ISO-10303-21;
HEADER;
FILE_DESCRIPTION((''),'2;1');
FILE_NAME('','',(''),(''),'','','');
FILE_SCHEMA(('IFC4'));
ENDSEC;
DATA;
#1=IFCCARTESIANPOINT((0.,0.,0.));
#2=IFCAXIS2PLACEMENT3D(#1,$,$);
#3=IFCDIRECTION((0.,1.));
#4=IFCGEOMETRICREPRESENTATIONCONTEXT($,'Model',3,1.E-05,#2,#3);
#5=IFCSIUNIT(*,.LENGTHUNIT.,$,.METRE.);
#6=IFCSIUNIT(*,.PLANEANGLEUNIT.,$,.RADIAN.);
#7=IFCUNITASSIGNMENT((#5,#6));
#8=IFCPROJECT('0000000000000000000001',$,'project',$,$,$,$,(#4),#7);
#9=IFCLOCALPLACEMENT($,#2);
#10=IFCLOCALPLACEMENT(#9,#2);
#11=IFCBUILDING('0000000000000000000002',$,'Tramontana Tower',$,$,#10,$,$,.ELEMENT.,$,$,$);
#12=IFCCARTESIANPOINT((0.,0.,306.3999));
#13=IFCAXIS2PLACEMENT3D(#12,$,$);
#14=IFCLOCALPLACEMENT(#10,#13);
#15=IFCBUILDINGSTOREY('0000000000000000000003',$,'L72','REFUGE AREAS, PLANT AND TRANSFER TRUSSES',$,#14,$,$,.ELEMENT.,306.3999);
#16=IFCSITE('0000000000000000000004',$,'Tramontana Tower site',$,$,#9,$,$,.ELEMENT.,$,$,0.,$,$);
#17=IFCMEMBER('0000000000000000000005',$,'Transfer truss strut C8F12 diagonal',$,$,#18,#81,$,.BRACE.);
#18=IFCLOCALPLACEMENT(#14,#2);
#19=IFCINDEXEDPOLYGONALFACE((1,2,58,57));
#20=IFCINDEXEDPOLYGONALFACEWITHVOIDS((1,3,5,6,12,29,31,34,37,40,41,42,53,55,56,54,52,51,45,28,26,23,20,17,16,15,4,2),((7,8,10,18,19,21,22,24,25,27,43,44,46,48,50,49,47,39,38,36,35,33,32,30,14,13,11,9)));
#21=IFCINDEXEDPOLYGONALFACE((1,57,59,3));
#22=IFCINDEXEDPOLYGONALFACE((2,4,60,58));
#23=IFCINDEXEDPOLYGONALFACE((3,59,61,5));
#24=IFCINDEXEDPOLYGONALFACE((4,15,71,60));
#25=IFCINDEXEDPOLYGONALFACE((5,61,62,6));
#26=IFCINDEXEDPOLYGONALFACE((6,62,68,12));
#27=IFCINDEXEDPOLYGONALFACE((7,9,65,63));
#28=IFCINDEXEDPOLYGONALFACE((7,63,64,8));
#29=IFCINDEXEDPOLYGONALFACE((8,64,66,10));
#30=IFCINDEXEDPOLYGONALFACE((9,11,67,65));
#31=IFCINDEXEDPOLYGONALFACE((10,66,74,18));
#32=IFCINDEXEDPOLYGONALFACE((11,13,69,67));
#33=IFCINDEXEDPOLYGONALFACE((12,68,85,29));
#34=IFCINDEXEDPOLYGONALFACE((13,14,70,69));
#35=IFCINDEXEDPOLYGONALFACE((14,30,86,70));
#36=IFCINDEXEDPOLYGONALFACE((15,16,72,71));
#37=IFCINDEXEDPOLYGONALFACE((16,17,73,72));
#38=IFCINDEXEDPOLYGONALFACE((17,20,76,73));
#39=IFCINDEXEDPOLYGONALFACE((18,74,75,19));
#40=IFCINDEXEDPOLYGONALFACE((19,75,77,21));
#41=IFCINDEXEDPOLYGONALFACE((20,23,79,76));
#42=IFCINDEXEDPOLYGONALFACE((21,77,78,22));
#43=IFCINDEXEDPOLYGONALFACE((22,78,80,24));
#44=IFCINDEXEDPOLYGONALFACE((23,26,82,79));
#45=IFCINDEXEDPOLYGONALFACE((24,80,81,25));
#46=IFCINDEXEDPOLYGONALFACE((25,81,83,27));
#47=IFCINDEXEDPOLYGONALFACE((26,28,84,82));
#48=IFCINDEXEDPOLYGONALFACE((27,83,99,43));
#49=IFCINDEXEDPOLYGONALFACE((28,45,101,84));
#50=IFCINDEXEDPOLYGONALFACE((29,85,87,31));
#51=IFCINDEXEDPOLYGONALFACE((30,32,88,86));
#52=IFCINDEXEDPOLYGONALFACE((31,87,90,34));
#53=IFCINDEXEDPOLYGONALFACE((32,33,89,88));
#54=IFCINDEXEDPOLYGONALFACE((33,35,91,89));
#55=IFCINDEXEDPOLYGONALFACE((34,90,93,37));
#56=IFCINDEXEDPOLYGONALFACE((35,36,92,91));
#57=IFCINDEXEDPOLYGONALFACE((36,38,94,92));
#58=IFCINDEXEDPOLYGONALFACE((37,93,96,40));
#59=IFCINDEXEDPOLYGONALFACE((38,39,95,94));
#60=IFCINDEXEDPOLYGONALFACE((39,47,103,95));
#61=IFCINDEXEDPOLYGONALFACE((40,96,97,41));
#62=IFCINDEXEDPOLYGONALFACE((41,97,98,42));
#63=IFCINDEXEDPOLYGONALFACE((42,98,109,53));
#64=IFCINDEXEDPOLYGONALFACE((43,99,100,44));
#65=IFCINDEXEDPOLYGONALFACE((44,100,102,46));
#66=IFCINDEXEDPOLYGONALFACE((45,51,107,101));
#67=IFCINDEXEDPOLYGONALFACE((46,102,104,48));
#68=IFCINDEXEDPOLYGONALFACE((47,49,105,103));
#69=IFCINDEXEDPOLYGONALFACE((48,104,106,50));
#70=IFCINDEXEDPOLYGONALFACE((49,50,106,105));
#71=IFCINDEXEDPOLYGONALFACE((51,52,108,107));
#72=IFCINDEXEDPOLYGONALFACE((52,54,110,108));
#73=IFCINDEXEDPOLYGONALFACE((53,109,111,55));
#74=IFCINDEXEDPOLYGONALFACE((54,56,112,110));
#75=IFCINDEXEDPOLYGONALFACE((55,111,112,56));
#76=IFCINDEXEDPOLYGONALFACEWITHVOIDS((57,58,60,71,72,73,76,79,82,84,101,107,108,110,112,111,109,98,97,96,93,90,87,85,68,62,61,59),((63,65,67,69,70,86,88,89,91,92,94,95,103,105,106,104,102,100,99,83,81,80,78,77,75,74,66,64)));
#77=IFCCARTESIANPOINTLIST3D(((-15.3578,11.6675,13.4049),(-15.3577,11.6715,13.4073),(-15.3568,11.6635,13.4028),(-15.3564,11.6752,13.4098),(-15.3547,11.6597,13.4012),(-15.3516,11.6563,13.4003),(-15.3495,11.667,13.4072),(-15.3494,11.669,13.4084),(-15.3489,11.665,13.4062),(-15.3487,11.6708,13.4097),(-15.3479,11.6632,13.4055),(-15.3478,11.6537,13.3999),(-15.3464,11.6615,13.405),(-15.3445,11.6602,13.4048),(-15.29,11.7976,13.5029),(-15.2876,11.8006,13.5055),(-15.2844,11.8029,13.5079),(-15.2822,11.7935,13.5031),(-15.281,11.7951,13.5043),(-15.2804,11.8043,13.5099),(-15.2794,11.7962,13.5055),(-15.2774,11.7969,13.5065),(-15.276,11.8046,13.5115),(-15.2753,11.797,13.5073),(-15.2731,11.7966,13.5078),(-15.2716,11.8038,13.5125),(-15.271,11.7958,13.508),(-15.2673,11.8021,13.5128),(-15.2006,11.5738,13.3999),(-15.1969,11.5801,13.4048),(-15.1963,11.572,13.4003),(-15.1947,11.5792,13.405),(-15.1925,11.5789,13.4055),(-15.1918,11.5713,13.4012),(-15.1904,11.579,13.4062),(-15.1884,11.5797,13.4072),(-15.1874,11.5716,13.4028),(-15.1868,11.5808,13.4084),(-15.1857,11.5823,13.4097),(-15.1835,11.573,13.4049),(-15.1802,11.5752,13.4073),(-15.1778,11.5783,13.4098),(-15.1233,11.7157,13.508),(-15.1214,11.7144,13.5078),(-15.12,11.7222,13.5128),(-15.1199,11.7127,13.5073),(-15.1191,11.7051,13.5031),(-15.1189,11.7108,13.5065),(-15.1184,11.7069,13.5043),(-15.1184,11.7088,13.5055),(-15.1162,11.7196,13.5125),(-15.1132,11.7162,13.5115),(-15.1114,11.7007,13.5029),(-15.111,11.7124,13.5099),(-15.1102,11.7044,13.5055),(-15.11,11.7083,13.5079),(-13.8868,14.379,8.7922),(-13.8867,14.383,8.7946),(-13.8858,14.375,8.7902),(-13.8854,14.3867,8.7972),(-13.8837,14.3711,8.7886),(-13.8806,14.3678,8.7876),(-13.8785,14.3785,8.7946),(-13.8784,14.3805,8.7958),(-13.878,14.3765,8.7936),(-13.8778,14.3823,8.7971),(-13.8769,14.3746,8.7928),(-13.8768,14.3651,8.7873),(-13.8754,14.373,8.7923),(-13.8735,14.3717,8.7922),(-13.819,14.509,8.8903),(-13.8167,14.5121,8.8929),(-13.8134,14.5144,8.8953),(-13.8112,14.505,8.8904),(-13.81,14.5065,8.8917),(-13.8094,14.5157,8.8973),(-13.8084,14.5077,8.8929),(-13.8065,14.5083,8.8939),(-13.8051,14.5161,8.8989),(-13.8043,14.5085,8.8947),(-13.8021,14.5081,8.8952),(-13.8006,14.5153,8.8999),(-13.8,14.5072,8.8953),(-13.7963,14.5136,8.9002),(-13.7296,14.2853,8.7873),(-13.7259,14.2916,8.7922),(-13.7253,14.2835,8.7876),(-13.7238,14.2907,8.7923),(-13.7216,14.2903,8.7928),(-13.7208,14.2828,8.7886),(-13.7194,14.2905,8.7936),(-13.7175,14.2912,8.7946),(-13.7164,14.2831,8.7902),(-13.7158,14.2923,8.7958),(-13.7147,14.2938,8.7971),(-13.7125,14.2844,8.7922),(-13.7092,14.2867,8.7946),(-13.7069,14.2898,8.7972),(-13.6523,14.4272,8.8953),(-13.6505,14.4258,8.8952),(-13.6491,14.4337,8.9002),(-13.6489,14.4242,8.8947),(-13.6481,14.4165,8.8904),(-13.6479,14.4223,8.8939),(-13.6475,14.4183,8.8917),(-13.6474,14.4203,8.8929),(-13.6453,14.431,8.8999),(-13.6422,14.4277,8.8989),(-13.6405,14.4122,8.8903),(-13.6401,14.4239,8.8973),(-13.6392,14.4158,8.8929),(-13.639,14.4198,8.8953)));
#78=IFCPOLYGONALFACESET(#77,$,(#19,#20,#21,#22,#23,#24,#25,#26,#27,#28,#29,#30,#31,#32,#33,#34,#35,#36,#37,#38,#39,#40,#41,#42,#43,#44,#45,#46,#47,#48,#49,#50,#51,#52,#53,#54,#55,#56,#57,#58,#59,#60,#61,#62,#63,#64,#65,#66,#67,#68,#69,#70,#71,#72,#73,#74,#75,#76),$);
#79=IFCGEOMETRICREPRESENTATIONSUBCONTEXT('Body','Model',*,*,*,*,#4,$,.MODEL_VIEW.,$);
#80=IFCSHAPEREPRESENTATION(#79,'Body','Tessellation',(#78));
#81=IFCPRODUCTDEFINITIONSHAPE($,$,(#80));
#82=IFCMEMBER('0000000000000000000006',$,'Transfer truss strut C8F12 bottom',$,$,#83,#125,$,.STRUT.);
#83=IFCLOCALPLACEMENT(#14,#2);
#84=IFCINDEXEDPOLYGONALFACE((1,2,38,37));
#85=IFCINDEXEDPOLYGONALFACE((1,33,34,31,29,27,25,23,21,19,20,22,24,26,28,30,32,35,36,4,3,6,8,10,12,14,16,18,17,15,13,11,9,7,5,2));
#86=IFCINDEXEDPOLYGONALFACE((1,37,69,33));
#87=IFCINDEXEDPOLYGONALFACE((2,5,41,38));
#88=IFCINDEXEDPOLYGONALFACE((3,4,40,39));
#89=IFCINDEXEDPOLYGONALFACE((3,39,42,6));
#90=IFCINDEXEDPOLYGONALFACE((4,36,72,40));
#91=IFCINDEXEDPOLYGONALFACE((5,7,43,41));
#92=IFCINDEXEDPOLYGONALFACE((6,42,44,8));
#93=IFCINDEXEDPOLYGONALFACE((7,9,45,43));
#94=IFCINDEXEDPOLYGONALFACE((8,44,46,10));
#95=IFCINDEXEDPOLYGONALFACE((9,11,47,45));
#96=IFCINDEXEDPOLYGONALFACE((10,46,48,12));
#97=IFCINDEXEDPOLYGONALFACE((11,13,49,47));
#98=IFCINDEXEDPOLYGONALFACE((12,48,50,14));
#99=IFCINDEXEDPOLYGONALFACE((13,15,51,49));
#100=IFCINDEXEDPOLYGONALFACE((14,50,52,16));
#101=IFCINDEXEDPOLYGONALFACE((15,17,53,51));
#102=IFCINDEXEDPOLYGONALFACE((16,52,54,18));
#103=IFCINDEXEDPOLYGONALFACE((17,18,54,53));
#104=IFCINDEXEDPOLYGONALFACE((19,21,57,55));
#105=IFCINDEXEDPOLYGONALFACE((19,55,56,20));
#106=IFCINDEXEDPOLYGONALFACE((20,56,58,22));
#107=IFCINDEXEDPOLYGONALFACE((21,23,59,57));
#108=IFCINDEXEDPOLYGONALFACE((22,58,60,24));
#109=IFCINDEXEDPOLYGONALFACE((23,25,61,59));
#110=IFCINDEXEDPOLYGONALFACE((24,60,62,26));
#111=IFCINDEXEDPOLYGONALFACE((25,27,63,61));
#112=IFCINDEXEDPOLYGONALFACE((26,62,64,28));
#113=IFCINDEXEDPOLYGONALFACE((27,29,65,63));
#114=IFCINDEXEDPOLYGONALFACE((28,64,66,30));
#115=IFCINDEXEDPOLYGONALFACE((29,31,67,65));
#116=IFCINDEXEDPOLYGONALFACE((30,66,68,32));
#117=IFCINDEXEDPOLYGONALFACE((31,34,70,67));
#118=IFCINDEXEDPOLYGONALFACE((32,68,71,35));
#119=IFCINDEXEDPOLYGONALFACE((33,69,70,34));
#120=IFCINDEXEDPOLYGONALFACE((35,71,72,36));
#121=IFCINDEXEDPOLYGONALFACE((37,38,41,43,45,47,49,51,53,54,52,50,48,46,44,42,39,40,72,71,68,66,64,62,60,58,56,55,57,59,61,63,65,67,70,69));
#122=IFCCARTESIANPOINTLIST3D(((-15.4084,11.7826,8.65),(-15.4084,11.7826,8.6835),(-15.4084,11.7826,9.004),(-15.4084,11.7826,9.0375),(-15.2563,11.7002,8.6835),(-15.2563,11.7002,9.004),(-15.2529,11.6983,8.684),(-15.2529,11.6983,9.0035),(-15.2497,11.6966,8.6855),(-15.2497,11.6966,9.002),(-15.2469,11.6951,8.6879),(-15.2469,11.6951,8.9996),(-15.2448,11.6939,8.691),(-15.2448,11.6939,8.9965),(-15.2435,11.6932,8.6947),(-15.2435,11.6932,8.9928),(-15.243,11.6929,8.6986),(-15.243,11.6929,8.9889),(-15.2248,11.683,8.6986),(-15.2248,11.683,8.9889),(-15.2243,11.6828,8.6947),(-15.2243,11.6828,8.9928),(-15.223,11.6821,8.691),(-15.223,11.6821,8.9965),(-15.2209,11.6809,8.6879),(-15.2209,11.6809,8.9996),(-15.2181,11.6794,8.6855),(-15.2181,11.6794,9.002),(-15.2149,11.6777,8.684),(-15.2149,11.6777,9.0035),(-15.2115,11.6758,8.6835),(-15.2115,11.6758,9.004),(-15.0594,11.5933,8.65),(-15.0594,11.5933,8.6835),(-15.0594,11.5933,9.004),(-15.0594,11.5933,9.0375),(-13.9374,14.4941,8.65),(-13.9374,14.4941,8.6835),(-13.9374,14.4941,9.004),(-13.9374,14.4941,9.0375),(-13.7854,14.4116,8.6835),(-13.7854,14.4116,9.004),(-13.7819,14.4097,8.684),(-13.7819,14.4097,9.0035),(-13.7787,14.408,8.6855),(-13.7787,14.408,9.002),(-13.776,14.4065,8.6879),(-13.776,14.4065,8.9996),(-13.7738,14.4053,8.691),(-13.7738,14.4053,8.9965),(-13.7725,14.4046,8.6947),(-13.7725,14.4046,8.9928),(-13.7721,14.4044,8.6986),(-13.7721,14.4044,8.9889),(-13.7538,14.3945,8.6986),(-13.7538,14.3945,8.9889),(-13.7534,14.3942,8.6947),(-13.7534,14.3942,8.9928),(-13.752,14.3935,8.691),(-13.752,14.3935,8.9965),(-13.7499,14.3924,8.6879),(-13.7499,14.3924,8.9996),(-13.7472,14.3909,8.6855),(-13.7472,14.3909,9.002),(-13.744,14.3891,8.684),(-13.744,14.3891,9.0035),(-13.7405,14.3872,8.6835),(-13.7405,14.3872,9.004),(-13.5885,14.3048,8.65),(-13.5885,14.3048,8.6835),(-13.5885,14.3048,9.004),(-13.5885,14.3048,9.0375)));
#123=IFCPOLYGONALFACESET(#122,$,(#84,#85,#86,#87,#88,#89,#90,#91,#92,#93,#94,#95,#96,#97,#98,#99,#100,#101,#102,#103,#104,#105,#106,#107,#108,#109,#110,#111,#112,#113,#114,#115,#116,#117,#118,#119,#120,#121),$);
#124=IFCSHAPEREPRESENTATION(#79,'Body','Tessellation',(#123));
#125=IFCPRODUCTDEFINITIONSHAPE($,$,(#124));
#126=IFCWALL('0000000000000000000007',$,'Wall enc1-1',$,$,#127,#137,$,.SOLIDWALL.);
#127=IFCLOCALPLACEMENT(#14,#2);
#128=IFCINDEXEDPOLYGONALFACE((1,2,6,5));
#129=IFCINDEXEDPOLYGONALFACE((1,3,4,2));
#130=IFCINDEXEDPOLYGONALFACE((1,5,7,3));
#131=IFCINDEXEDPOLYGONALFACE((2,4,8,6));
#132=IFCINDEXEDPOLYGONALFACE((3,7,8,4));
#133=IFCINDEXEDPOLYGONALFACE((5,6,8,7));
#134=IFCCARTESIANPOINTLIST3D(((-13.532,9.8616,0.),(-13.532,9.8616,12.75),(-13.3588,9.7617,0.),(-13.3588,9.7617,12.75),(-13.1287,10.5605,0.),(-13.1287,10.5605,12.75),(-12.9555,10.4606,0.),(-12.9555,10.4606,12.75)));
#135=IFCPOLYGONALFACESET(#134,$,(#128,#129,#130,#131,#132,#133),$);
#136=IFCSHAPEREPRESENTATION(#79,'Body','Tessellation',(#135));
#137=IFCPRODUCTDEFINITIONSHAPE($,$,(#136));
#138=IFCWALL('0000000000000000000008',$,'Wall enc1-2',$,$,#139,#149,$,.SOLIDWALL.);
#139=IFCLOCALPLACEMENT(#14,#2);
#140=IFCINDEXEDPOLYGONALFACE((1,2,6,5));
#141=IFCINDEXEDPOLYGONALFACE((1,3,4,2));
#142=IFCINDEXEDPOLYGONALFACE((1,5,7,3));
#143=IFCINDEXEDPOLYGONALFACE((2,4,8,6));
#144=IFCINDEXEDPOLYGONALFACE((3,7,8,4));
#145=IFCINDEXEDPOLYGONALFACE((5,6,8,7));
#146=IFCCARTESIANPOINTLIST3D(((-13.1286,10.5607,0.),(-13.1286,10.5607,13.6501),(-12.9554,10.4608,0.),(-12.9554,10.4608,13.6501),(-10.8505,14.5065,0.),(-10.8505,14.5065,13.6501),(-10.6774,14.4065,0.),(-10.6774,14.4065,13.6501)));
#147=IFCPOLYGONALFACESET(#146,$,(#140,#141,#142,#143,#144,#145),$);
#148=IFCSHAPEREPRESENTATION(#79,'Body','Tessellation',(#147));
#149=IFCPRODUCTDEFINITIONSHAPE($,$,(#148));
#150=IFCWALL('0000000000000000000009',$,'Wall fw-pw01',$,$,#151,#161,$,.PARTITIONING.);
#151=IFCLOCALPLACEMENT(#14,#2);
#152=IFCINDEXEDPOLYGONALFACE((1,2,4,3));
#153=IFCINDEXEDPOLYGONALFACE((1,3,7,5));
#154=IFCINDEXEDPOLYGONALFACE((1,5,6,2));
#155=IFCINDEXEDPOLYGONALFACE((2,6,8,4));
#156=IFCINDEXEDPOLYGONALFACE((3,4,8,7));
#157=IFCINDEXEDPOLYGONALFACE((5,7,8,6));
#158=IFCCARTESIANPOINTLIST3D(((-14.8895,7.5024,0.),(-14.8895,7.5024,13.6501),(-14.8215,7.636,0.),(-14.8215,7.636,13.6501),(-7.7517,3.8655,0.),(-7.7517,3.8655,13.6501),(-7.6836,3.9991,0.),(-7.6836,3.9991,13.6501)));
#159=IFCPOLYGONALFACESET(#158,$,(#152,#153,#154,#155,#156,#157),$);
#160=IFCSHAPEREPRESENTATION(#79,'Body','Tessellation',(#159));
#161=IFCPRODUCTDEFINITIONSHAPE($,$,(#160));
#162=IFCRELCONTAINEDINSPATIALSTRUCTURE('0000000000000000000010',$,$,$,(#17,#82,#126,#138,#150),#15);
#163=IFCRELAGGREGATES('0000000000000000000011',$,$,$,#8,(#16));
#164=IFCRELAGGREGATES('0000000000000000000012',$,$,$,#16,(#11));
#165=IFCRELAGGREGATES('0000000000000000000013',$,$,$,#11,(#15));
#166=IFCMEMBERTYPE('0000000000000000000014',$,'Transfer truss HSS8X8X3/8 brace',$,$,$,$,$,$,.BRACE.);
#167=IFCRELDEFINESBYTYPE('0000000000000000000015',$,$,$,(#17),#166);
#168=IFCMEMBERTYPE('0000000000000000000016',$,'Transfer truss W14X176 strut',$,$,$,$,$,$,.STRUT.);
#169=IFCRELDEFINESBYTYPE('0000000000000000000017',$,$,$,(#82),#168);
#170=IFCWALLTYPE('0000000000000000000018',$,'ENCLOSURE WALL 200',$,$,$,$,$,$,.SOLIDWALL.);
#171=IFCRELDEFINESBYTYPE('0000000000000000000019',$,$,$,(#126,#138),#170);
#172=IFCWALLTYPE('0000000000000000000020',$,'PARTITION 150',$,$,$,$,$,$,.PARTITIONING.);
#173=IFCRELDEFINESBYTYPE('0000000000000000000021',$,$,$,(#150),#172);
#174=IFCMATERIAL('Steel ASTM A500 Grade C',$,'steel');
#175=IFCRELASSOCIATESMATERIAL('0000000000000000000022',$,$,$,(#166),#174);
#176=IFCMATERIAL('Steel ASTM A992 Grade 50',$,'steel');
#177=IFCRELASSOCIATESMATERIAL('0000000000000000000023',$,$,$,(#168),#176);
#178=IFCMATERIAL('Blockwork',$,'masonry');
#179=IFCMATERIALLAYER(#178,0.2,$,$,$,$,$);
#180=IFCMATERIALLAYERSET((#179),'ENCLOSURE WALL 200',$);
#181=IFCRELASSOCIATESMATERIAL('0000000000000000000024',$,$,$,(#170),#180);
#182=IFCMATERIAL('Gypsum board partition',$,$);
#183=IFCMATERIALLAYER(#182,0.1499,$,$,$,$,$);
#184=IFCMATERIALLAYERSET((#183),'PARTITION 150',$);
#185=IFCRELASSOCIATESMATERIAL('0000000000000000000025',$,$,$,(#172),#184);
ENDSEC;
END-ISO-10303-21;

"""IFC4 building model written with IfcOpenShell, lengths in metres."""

from ifc_helpers import new_model, si_unit, direction, frame, frame_2d, origin, origin_2d, place, context, subcontext, project, spatial, rectangle, hollow_rectangle, i_section, extrude, material, layer, layer_set, material_profile, profile_set, type_object, element, save


model = new_model("IFC4")

# Units and contexts
model_context = context("Model", 3, precision=1e-05, world=origin(), true_north=direction((0.0, 1.0)))
body_context = subcontext(model_context, "Body", "Model", "MODEL_VIEW")
ifc_project = project(units=[si_unit("LENGTHUNIT", "METRE"), si_unit("PLANEANGLEUNIT", "RADIAN")], contexts=[model_context])

# Site, building, storey
site_placement = place(None, origin())
site = spatial("IfcSite", under=ifc_project, at=site_placement, Name="Tramontana Tower site", CompositionType="ELEMENT", RefElevation=0.0)
building_placement = place(site_placement, origin())
building = spatial("IfcBuilding", under=site, at=building_placement, Name="Tramontana Tower", CompositionType="ELEMENT")
storey_placement = place(building_placement, frame((0.0, 0.0, 306.3999)))
storey = spatial("IfcBuildingStorey", under=building, at=storey_placement, Name="L72", Description="REFUGE AREAS, PLANT AND TRANSFER TRUSSES", CompositionType="ELEMENT", Elevation=306.3999)

# Members
ifc_material_1 = material(Name="Steel ASTM A500 Grade C", Category="steel")
ifc_material_profile_1 = material_profile(ifc_material_1, hollow_rectangle(XDim=0.2031, YDim=0.2031, WallThickness=0.0088, InnerFilletRadius=0.0088, OuterFilletRadius=0.0178, at=origin_2d()), Name="HSS8X8X3/8")
ifc_profile_set_1 = profile_set([ifc_material_profile_1], Name="Steel ASTM A500 Grade C")
member_type_1 = type_object("IfcMemberType", Name="Transfer truss HSS8X8X3/8 brace", PredefinedType="BRACE", material=ifc_profile_set_1)
member_1_placement = place(storey_placement, frame((-13.7629, 14.3994, 8.8438), z_axis=(-0.265085, -0.488635, 0.831243), x_axis=(0.878985, -0.476849, 0.0)))
element("IfcMember", 1, at=member_1_placement, inside=storey, type_object=member_type_1, Name="Transfer truss strut C8F12 diagonal", PredefinedType="BRACE", context=body_context, shape_type="SweptSolid", body=[
    extrude(hollow_rectangle(XDim=0.2031, YDim=0.2031, WallThickness=0.0088, InnerFilletRadius=0.0088, OuterFilletRadius=0.0178, at=origin_2d()), origin(), (0.0, 0.0, 1.0), 5.5491),
])
ifc_material_2 = material(Name="Steel ASTM A992 Grade 50", Category="steel")
ifc_material_profile_2 = material_profile(ifc_material_2, i_section(OverallWidth=0.397, OverallDepth=0.3875, WebThickness=0.0208, FlangeThickness=0.0334, FilletRadius=0.0151, at=origin_2d()), Name="W14X176")
ifc_profile_set_2 = profile_set([ifc_material_profile_2], Name="Steel ASTM A992 Grade 50")
member_type_2 = type_object("IfcMemberType", Name="Transfer truss W14X176 strut", PredefinedType="STRUT", material=ifc_profile_set_2)
member_2_placement = place(storey_placement, frame((-13.7629, 14.3994, 8.8438), z_axis=(-0.476849, -0.878985, 0.0), x_axis=(0.878985, -0.476849, 0.0)))
element("IfcMember", 2, at=member_2_placement, inside=storey, type_object=member_type_2, Name="Transfer truss strut C8F12 bottom", PredefinedType="STRUT", context=body_context, shape_type="SweptSolid", body=[
    extrude(i_section(OverallWidth=0.397, OverallDepth=0.3875, WebThickness=0.0208, FlangeThickness=0.0334, FilletRadius=0.0151, at=origin_2d()), origin(), (0.0, 0.0, 1.0), 3.0847),
])

# Walls
ifc_material_3 = material(Name="Blockwork", Category="masonry")
ifc_layer_1 = layer(ifc_material_3, 0.2)
ifc_layer_set_1 = layer_set([ifc_layer_1], Name="ENCLOSURE WALL 200")
wall_type_1 = type_object("IfcWallType", Name="ENCLOSURE WALL 200", PredefinedType="SOLIDWALL", material=ifc_layer_set_1)
wall_1_placement = place(storey_placement, frame((-13.4453, 9.8118, 0.0), z_axis=(0.0, 0.0, 1.0), x_axis=(0.499784, 0.86615, 0.0)))
element("IfcWall", 3, at=wall_1_placement, inside=storey, type_object=wall_type_1, Name="Wall enc1-1", PredefinedType="SOLIDWALL", context=body_context, shape_type="SweptSolid", body=[
    extrude(rectangle(XDim=0.8069, YDim=0.2, at=frame_2d((0.4033, 0.0))), origin(), (0.0, 0.0, 1.0), 12.75),
])
wall_2_placement = place(storey_placement, frame((-13.042, 10.5107, 0.0), z_axis=(0.0, 0.0, 1.0), x_axis=(0.499995, 0.866029, 0.0)))
element("IfcWall", 4, at=wall_2_placement, inside=storey, type_object=wall_type_1, Name="Wall enc1-2", PredefinedType="SOLIDWALL", context=body_context, shape_type="SweptSolid", body=[
    extrude(rectangle(XDim=4.5562, YDim=0.2, at=frame_2d((2.2781, 0.0))), origin(), (0.0, 0.0, 1.0), 13.6501),
])
ifc_material_4 = material(Name="Gypsum board partition")
ifc_layer_2 = layer(ifc_material_4, 0.1499)
ifc_layer_set_2 = layer_set([ifc_layer_2], Name="PARTITION 150")
wall_type_2 = type_object("IfcWallType", Name="PARTITION 150", PredefinedType="PARTITIONING", material=ifc_layer_set_2)
wall_3_placement = place(storey_placement, frame((-7.7178, 3.9324, 0.0), z_axis=(0.0, 0.0, 1.0), x_axis=(-0.891006, 0.453991, 0.0)))
element("IfcWall", 5, at=wall_3_placement, inside=storey, type_object=wall_type_2, Name="Wall fw-pw01", PredefinedType="PARTITIONING", context=body_context, shape_type="SweptSolid", body=[
    extrude(rectangle(XDim=8.011, YDim=0.1499, at=frame_2d((4.0054, 0.0))), origin(), (0.0, 0.0, 1.0), 13.6501),
])

save(model, "model.ifc")
